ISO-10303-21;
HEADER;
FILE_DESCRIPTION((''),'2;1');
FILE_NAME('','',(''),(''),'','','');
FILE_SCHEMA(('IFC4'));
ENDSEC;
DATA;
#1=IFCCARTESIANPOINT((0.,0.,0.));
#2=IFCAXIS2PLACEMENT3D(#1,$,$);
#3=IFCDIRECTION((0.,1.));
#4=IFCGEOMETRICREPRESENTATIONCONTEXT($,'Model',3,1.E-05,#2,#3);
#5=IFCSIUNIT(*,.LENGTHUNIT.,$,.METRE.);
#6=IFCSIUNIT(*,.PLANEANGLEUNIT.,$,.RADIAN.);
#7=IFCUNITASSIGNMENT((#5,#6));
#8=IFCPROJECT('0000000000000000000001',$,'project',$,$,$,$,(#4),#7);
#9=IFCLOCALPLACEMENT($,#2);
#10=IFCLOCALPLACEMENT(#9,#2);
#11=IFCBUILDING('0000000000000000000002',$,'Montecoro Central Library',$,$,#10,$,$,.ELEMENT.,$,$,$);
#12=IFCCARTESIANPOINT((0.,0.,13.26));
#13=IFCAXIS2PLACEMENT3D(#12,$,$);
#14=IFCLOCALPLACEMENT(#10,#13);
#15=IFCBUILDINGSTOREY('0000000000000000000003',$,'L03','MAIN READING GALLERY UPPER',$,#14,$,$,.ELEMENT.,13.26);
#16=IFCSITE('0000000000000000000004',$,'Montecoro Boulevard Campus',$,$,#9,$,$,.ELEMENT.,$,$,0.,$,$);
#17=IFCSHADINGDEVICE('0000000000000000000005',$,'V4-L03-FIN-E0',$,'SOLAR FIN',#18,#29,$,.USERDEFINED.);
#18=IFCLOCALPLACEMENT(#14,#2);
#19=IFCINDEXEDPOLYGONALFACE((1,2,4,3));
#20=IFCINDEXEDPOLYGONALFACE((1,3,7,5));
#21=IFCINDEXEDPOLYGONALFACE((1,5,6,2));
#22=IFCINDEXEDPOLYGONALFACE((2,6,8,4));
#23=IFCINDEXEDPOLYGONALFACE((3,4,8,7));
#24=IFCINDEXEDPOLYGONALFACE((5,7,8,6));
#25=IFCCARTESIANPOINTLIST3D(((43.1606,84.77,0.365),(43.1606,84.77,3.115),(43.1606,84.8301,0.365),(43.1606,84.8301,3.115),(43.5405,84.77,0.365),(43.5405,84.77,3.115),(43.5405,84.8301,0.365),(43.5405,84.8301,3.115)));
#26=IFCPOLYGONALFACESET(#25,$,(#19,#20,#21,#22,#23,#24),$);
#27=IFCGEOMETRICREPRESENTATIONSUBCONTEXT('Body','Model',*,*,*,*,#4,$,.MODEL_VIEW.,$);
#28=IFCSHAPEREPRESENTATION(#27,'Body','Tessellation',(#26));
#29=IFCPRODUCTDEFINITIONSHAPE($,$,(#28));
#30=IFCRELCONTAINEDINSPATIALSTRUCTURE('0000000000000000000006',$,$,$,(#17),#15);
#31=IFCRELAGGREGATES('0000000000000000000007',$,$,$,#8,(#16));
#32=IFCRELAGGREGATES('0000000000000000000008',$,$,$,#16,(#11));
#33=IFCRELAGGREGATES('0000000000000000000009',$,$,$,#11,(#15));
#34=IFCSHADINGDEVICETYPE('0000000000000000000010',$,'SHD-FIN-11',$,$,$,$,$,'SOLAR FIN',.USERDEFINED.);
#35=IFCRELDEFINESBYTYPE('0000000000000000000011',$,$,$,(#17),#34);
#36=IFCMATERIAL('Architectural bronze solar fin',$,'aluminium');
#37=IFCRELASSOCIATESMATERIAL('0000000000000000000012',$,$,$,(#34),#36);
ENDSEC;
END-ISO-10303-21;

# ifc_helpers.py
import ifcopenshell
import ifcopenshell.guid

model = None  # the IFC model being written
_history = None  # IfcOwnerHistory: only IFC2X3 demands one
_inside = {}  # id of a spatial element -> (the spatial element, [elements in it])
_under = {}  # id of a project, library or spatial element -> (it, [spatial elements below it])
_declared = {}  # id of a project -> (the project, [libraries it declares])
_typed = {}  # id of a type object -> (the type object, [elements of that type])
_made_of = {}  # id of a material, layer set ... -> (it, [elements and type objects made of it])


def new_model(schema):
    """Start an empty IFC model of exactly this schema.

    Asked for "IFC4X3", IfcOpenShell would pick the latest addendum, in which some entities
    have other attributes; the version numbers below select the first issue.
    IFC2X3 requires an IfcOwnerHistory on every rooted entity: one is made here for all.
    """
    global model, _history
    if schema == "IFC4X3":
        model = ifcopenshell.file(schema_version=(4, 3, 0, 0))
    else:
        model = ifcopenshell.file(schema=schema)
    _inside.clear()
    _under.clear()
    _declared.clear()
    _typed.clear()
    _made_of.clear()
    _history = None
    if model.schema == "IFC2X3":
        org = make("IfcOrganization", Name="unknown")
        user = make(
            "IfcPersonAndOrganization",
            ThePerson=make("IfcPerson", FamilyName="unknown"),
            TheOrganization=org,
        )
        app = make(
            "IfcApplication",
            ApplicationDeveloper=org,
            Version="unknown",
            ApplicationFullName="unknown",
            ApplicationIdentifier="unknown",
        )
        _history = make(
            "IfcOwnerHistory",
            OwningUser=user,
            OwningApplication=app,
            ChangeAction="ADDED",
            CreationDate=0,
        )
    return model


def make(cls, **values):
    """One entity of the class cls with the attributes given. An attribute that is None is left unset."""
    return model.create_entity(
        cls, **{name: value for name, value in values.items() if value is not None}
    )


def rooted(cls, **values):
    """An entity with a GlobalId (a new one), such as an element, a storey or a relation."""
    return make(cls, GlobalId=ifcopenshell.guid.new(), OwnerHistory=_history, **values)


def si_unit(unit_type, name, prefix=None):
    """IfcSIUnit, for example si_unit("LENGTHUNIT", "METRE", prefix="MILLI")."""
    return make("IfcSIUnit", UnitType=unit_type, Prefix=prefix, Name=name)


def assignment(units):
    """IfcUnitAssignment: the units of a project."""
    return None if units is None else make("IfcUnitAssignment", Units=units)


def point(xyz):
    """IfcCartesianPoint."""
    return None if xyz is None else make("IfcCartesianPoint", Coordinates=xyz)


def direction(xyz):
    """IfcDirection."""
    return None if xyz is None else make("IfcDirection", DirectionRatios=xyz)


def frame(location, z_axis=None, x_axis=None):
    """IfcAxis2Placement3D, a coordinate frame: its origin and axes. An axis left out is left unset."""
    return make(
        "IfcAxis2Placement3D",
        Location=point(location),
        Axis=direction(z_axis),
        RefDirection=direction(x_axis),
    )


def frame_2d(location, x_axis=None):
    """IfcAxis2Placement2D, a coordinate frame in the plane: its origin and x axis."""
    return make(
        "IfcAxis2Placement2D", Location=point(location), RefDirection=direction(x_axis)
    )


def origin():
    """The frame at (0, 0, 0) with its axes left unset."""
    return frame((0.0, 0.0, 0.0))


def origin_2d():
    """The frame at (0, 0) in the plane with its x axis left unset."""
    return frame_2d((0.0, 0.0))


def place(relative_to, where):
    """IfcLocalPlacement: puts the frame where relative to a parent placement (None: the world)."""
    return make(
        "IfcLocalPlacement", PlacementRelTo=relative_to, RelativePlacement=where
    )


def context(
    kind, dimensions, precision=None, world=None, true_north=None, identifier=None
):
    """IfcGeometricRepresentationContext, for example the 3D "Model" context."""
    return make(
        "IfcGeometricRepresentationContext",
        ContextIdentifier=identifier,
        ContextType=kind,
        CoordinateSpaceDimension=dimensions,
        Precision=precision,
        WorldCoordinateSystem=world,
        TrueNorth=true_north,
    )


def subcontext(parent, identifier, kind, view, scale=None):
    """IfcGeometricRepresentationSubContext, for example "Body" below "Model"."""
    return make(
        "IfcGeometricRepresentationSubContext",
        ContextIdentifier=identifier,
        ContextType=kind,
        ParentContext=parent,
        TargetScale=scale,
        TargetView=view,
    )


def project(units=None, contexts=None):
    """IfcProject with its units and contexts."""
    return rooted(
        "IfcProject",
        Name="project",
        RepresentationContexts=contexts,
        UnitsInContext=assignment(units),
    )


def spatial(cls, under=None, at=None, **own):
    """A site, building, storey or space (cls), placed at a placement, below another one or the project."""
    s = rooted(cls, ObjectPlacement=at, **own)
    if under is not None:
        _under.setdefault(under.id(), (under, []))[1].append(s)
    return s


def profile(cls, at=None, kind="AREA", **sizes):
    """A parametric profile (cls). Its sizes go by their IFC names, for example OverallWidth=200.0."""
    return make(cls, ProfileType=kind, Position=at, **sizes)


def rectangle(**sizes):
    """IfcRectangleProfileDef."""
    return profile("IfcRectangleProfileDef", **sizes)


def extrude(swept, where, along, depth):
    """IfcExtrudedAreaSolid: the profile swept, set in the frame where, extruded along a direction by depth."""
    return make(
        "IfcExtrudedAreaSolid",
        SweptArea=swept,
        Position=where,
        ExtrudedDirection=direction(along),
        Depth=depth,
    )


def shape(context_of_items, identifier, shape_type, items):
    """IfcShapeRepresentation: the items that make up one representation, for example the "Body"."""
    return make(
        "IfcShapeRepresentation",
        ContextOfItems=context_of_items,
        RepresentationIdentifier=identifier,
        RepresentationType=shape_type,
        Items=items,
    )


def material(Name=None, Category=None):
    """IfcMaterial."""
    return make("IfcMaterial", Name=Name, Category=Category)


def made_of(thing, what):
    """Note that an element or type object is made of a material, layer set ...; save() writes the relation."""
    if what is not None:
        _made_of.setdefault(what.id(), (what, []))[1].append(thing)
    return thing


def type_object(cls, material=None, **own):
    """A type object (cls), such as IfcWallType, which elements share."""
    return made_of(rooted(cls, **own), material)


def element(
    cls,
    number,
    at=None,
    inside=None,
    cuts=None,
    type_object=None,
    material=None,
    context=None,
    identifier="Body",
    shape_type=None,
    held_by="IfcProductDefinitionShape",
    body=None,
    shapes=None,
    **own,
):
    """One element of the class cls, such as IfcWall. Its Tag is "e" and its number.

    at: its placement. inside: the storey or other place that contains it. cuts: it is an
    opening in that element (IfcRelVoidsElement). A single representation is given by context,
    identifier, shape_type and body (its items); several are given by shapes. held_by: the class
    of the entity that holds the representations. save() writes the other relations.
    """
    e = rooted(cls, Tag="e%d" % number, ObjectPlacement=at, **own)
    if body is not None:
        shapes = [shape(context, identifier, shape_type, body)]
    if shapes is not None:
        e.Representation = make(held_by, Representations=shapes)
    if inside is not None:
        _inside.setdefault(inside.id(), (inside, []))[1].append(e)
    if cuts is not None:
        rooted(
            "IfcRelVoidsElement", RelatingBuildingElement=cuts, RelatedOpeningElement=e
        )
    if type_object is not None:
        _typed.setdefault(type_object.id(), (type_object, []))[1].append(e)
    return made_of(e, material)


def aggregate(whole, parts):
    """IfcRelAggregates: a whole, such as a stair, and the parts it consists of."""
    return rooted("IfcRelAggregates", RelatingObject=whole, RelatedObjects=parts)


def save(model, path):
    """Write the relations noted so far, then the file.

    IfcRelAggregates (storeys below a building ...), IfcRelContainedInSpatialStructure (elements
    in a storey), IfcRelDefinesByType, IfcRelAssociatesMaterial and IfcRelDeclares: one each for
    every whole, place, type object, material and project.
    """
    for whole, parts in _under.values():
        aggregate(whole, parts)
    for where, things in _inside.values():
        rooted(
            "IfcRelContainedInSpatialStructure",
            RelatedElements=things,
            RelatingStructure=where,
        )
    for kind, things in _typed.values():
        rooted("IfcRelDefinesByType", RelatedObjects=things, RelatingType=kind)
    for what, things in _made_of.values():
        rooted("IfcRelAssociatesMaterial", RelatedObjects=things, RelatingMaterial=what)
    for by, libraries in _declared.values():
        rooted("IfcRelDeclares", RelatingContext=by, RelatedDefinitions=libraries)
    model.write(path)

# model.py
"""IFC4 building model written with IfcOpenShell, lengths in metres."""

from ifc_helpers import new_model, si_unit, direction, frame, origin, origin_2d, place, context, subcontext, project, spatial, rectangle, extrude, material, type_object, element, save


model = new_model("IFC4")

# Units and contexts
model_context = context("Model", 3, precision=1e-05, world=origin(), true_north=direction((0.0, 1.0)))
body_context = subcontext(model_context, "Body", "Model", "MODEL_VIEW")
ifc_project = project(units=[si_unit("LENGTHUNIT", "METRE"), si_unit("PLANEANGLEUNIT", "RADIAN")], contexts=[model_context])

# Site, building, storey
site_placement = place(None, origin())
site = spatial("IfcSite", under=ifc_project, at=site_placement, Name="Montecoro Boulevard Campus", CompositionType="ELEMENT", RefElevation=0.0)
building_placement = place(site_placement, origin())
building = spatial("IfcBuilding", under=site, at=building_placement, Name="Montecoro Central Library", CompositionType="ELEMENT")
storey_placement = place(building_placement, frame((0.0, 0.0, 13.26)))
storey = spatial("IfcBuildingStorey", under=building, at=storey_placement, Name="L03", Description="MAIN READING GALLERY UPPER", CompositionType="ELEMENT", Elevation=13.26)

# Shading device
ifc_material_1 = material(Name="Architectural bronze solar fin", Category="aluminium")
shading_device_type = type_object("IfcShadingDeviceType", Name="SHD-FIN-11", ElementType="SOLAR FIN", PredefinedType="USERDEFINED", material=ifc_material_1)
shading_device_placement = place(storey_placement, frame((43.3506, 84.8, 0.365), z_axis=(0.0, 0.0, 1.0), x_axis=(0.0, 1.0, 0.0)))
element("IfcShadingDevice", 1, at=shading_device_placement, inside=storey, type_object=shading_device_type, Name="V4-L03-FIN-E0", ObjectType="SOLAR FIN", PredefinedType="USERDEFINED", context=body_context, shape_type="SweptSolid", body=[
    extrude(rectangle(XDim=0.0601, YDim=0.3799, at=origin_2d()), origin(), (0.0, 0.0, 1.0), 2.75),
])

save(model, "model.ifc")
